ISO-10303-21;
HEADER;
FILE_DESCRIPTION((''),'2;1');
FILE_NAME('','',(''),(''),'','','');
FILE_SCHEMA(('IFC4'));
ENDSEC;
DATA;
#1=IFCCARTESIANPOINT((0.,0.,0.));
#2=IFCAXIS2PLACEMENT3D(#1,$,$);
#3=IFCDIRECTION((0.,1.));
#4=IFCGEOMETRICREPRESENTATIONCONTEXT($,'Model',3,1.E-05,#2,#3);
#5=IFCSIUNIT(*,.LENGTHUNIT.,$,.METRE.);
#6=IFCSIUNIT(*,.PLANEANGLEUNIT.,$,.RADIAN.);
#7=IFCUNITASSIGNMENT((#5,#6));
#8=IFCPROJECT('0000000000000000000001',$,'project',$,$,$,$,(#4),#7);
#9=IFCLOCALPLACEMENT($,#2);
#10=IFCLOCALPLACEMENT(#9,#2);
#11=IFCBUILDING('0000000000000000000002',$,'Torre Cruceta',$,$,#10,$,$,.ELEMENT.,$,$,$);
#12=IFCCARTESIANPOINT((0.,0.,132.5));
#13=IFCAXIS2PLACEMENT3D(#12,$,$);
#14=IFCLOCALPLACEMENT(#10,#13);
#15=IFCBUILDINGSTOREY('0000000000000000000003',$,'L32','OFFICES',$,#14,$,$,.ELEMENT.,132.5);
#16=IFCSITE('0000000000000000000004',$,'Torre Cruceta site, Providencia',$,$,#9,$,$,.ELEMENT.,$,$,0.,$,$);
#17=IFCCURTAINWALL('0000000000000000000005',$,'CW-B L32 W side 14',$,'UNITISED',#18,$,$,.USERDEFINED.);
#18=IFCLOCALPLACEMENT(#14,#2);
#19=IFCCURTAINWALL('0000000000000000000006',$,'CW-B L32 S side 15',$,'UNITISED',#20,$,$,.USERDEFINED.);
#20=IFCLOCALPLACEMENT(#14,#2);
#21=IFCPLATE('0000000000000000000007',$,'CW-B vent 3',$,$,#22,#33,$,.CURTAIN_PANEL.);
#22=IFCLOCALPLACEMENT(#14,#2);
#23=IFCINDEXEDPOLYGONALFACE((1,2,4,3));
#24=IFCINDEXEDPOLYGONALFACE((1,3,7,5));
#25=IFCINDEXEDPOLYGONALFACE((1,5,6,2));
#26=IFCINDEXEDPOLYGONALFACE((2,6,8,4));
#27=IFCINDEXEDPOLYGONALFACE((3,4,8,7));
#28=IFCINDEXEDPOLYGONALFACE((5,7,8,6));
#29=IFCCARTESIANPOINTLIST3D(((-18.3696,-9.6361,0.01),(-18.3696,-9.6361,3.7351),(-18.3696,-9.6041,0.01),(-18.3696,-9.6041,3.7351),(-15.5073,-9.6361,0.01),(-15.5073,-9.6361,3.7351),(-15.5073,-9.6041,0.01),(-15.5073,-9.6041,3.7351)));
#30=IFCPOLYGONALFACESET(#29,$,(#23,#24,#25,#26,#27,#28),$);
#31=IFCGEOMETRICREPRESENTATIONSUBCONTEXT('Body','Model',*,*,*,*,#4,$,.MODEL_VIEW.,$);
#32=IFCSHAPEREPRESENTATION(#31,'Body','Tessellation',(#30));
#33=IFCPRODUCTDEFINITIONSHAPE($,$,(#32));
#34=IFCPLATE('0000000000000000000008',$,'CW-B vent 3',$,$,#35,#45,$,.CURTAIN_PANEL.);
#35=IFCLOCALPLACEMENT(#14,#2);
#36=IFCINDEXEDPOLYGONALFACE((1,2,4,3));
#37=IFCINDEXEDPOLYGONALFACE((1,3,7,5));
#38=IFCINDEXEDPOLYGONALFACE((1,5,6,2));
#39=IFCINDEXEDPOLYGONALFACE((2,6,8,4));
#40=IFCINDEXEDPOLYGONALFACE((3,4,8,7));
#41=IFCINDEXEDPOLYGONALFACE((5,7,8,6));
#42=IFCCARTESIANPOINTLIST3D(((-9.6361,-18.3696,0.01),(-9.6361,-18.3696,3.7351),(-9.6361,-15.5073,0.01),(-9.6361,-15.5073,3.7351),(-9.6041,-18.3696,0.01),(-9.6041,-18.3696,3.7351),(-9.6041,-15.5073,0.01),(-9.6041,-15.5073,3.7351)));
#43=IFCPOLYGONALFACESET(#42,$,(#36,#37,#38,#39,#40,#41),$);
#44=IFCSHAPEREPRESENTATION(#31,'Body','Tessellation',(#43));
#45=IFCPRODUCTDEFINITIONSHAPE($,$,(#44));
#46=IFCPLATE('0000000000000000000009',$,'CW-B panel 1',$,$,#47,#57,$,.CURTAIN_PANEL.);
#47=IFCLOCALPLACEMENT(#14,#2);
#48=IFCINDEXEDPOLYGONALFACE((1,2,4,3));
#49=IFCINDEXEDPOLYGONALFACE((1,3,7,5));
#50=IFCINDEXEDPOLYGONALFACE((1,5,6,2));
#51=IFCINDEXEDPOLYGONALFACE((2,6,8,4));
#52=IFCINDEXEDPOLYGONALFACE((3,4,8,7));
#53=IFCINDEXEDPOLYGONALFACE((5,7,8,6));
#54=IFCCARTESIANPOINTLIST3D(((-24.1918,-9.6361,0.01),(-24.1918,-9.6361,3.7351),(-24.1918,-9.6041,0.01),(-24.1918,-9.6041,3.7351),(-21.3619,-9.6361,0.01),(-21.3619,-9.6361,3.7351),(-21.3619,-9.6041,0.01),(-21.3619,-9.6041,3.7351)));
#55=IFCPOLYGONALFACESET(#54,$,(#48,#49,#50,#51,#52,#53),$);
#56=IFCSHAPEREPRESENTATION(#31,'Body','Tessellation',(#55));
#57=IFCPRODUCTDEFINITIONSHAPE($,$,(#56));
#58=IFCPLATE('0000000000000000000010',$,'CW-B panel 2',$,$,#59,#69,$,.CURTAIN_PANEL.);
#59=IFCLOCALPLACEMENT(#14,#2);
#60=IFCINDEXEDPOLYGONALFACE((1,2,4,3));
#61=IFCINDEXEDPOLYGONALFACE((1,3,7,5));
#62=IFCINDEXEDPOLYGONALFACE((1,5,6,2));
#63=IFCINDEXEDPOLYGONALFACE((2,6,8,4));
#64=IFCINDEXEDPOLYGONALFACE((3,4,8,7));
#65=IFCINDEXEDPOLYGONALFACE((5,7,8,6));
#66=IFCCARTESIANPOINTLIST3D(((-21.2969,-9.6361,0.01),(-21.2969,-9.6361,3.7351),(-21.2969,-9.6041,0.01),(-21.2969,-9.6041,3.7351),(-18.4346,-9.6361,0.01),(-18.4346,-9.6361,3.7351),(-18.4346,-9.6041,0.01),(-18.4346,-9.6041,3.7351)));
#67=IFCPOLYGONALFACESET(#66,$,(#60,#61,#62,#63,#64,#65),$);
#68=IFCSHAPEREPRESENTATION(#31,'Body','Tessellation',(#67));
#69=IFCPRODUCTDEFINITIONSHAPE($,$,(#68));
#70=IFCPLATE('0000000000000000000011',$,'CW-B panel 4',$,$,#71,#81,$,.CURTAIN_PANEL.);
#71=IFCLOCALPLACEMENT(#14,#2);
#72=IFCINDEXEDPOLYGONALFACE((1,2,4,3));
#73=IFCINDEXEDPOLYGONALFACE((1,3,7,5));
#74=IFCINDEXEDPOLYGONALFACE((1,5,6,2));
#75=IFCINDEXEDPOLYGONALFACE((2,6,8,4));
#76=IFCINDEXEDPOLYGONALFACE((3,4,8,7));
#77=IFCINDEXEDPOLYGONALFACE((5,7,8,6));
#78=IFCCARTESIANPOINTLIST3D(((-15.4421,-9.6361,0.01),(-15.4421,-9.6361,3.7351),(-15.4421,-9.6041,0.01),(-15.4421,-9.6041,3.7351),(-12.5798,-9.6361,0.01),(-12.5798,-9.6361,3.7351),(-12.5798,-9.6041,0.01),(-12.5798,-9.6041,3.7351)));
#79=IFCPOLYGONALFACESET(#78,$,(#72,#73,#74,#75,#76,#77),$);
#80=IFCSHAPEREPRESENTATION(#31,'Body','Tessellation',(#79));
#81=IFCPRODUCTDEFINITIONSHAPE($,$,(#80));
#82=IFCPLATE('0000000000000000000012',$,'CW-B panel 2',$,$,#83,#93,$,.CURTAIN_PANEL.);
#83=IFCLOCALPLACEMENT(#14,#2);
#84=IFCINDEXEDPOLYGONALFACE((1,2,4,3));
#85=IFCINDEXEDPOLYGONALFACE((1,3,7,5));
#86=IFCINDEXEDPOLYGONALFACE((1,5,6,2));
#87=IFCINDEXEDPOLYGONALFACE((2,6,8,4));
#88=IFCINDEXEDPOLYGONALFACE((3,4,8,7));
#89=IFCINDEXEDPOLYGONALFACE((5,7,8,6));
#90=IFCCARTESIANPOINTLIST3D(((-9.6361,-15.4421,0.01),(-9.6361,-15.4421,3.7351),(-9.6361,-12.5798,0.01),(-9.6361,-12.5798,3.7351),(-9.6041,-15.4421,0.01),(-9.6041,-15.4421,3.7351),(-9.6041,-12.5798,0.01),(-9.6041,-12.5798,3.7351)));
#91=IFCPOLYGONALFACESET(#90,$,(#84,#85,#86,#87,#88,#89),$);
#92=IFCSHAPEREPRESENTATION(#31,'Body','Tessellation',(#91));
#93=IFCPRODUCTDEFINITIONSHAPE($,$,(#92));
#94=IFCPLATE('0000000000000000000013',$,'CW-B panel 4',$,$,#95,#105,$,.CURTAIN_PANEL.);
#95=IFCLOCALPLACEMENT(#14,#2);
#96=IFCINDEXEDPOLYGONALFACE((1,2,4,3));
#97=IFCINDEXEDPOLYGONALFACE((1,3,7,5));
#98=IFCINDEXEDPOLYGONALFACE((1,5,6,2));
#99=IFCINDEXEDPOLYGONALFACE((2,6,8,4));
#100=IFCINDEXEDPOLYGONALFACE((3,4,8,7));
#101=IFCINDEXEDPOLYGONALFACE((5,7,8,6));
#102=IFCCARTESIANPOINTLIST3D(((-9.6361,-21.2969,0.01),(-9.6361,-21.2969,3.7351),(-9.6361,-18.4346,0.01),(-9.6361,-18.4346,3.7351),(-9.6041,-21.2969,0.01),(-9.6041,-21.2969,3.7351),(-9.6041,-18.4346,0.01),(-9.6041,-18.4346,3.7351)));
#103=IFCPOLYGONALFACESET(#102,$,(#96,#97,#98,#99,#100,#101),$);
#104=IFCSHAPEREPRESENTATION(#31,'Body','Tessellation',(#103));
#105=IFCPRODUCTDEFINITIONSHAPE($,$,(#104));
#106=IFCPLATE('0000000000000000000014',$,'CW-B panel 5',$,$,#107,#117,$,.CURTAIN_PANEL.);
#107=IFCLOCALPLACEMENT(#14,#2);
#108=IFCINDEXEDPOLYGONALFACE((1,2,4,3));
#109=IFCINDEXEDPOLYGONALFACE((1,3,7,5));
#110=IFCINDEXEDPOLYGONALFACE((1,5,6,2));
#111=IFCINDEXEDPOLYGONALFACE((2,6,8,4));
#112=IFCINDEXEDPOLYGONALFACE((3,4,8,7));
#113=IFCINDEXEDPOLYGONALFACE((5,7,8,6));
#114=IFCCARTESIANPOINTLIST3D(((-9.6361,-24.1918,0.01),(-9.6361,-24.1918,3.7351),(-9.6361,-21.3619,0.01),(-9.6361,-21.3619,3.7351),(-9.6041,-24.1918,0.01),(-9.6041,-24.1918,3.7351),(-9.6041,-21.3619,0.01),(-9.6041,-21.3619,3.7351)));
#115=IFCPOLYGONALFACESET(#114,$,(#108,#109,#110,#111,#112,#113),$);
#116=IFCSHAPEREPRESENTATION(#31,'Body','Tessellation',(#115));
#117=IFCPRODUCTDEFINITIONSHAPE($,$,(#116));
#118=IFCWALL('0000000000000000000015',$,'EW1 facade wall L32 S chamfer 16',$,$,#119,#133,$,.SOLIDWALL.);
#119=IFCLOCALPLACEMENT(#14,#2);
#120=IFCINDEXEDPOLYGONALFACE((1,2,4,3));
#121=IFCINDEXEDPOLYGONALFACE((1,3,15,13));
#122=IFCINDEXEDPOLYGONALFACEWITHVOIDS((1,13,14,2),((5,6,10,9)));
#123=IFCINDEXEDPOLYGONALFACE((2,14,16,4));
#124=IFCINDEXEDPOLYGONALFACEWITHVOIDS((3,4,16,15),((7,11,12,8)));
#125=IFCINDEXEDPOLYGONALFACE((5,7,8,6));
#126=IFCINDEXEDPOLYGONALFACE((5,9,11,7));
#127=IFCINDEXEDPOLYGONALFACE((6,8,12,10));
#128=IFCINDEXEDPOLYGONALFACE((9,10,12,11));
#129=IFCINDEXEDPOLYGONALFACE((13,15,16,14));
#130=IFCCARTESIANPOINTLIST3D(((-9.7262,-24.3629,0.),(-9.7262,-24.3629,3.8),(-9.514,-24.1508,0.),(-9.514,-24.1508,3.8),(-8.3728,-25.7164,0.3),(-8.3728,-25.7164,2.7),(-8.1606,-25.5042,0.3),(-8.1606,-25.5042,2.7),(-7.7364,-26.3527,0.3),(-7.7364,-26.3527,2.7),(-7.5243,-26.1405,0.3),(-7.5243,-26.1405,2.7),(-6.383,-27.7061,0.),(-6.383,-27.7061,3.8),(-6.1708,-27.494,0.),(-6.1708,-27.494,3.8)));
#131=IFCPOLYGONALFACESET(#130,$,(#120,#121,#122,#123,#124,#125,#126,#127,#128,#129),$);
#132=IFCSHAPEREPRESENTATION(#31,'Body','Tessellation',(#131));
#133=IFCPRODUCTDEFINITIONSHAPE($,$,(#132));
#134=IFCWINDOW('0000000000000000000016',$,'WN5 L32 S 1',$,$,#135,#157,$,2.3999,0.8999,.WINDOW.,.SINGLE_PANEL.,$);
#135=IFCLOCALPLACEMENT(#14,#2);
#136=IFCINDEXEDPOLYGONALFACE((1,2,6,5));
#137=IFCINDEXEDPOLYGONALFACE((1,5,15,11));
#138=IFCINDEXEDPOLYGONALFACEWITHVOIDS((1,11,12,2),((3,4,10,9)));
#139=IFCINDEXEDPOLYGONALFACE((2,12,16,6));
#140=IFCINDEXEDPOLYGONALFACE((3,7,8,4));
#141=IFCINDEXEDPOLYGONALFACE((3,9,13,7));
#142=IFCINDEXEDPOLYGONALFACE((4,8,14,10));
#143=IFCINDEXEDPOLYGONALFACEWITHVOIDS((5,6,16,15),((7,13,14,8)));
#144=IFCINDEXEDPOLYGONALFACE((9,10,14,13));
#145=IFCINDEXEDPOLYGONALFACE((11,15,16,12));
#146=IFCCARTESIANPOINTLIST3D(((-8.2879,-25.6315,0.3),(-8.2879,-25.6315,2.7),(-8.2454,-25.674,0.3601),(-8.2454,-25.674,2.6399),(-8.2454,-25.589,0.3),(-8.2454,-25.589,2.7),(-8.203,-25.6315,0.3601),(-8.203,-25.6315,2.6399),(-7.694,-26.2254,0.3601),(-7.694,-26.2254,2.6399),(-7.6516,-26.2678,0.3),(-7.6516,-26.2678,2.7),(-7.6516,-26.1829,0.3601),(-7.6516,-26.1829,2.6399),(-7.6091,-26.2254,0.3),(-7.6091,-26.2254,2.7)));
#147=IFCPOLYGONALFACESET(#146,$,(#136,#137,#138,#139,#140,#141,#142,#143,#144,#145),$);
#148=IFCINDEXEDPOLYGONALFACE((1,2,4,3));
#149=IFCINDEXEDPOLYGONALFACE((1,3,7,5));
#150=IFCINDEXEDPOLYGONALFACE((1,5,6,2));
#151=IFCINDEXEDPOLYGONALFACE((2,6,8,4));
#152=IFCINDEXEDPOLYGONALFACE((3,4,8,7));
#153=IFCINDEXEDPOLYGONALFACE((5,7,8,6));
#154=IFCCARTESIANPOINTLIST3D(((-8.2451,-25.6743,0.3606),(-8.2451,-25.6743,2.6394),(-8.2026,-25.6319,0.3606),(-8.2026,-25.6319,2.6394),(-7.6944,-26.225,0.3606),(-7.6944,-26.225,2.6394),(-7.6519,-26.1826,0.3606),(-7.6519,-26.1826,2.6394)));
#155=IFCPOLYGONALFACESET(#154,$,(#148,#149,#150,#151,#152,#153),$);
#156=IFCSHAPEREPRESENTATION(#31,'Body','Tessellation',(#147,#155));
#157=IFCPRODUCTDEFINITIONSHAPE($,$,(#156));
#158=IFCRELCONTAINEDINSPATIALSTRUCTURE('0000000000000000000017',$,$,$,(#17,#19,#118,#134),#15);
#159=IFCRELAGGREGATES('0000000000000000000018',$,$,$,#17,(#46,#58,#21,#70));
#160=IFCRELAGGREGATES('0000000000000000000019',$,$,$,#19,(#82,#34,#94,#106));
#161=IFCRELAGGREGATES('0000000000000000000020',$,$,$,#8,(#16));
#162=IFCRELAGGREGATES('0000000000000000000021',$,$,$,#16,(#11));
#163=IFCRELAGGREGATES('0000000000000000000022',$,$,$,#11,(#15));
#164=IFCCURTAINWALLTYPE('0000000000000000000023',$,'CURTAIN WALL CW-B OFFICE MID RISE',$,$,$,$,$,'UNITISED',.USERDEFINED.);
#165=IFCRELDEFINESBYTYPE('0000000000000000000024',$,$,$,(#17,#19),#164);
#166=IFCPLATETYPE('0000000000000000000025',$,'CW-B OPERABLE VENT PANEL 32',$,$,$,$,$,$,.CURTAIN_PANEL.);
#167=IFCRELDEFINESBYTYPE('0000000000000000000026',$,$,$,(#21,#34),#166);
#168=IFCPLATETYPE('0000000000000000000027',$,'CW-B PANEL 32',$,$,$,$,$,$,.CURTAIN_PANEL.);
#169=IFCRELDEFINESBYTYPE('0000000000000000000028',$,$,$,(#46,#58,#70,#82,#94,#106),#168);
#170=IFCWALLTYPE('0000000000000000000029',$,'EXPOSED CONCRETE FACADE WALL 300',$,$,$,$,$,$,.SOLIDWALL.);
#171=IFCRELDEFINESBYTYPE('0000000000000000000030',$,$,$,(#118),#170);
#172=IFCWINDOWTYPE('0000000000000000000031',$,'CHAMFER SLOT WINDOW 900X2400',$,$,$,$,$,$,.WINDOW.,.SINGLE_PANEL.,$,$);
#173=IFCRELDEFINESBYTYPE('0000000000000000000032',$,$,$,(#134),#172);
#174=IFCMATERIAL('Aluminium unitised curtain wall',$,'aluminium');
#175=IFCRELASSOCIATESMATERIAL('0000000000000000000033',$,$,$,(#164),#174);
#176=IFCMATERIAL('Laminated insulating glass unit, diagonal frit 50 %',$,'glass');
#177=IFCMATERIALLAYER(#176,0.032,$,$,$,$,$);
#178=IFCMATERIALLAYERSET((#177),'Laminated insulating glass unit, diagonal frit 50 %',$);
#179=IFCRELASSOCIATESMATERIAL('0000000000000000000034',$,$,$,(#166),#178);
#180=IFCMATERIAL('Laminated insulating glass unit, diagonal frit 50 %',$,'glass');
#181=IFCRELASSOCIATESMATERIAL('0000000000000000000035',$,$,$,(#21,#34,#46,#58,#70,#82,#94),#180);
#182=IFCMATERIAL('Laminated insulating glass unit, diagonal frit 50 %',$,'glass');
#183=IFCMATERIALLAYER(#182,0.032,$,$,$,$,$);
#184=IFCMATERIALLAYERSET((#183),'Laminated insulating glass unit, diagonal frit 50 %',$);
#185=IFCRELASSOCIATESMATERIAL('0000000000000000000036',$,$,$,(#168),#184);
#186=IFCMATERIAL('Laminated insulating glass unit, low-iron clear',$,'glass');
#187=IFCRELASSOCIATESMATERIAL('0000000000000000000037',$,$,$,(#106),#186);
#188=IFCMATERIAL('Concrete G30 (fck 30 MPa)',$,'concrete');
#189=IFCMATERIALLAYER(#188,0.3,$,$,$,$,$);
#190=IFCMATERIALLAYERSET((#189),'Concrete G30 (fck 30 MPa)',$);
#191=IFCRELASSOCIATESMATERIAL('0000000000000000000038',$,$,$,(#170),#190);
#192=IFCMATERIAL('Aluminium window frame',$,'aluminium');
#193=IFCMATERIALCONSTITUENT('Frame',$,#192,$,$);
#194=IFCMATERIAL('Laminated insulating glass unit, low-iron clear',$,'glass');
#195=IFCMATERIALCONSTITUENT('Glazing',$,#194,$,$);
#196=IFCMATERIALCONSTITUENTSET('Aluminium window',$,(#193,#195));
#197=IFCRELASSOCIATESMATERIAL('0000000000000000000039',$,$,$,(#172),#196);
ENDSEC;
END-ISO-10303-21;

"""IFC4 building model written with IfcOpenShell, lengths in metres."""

from ifc_helpers import new_model, si_unit, direction, frame, frame_2d, origin, origin_2d, place, context, subcontext, project, spatial, rectangle, hollow_rectangle, extrude, material, layer, layer_set, constituent, constituent_set, type_object, element, fill, aggregate, save


model = new_model("IFC4")

# Units and contexts
model_context = context("Model", 3, precision=1e-05, world=origin(), true_north=direction((0.0, 1.0)))
body_context = subcontext(model_context, "Body", "Model", "MODEL_VIEW")
ifc_project = project(units=[si_unit("LENGTHUNIT", "METRE"), si_unit("PLANEANGLEUNIT", "RADIAN")], contexts=[model_context])

# Site, building, storey
site_placement = place(None, origin())
site = spatial("IfcSite", under=ifc_project, at=site_placement, Name="Torre Cruceta site, Providencia", CompositionType="ELEMENT", RefElevation=0.0)
building_placement = place(site_placement, origin())
building = spatial("IfcBuilding", under=site, at=building_placement, Name="Torre Cruceta", CompositionType="ELEMENT")
storey_placement = place(building_placement, frame((0.0, 0.0, 132.5)))
storey = spatial("IfcBuildingStorey", under=building, at=storey_placement, Name="L32", Description="OFFICES", CompositionType="ELEMENT", Elevation=132.5)

# Curtain walls
ifc_material_1 = material(Name="Aluminium unitised curtain wall", Category="aluminium")
curtain_wall_type = type_object("IfcCurtainWallType", Name="CURTAIN WALL CW-B OFFICE MID RISE", ElementType="UNITISED", PredefinedType="USERDEFINED", material=ifc_material_1)
curtain_wall_1_placement = place(storey_placement, origin())
curtain_wall_1 = element("IfcCurtainWall", 1, at=curtain_wall_1_placement, inside=storey, type_object=curtain_wall_type, Name="CW-B L32 W side 14", ObjectType="UNITISED", PredefinedType="USERDEFINED")
curtain_wall_2_placement = place(storey_placement, origin())
curtain_wall_2 = element("IfcCurtainWall", 2, at=curtain_wall_2_placement, inside=storey, type_object=curtain_wall_type, Name="CW-B L32 S side 15", ObjectType="UNITISED", PredefinedType="USERDEFINED")

# Plates
ifc_material_2 = material(Name="Laminated insulating glass unit, diagonal frit 50 %", Category="glass")
ifc_material_3 = material(Name="Laminated insulating glass unit, diagonal frit 50 %", Category="glass")
ifc_layer_1 = layer(ifc_material_3, 0.032)
ifc_layer_set_1 = layer_set([ifc_layer_1], Name="Laminated insulating glass unit, diagonal frit 50 %")
plate_type_1 = type_object("IfcPlateType", Name="CW-B OPERABLE VENT PANEL 32", PredefinedType="CURTAIN_PANEL", material=ifc_layer_set_1)
plate_1_placement = place(storey_placement, frame((-16.9385, -9.6201, 0.01), z_axis=(0.0, 0.0, 1.0), x_axis=(1.0, 0.0, 0.0)))
plate_1 = element("IfcPlate", 3, at=plate_1_placement, type_object=plate_type_1, material=ifc_material_2, Name="CW-B vent 3", PredefinedType="CURTAIN_PANEL", context=body_context, shape_type="SweptSolid", body=[
    extrude(rectangle(XDim=2.8623, YDim=0.032, at=origin_2d()), origin(), (0.0, 0.0, 1.0), 3.7251),
])
plate_2_placement = place(storey_placement, frame((-9.6201, -16.9385, 0.01), z_axis=(0.0, 0.0, 1.0), x_axis=(0.0, -1.0, 0.0)))
plate_2 = element("IfcPlate", 4, at=plate_2_placement, type_object=plate_type_1, material=ifc_material_2, Name="CW-B vent 3", PredefinedType="CURTAIN_PANEL", context=body_context, shape_type="SweptSolid", body=[
    extrude(rectangle(XDim=2.8623, YDim=0.032, at=origin_2d()), origin(), (0.0, 0.0, 1.0), 3.7251),
])
ifc_material_4 = material(Name="Laminated insulating glass unit, diagonal frit 50 %", Category="glass")
ifc_layer_2 = layer(ifc_material_4, 0.032)
ifc_layer_set_2 = layer_set([ifc_layer_2], Name="Laminated insulating glass unit, diagonal frit 50 %")
plate_type_2 = type_object("IfcPlateType", Name="CW-B PANEL 32", PredefinedType="CURTAIN_PANEL", material=ifc_layer_set_2)
plate_3_placement = place(storey_placement, frame((-22.7769, -9.6201, 0.01), z_axis=(0.0, 0.0, 1.0), x_axis=(1.0, 0.0, 0.0)))
plate_3 = element("IfcPlate", 5, at=plate_3_placement, type_object=plate_type_2, material=ifc_material_2, Name="CW-B panel 1", PredefinedType="CURTAIN_PANEL", context=body_context, shape_type="SweptSolid", body=[
    extrude(rectangle(XDim=2.8298, YDim=0.032, at=origin_2d()), origin(), (0.0, 0.0, 1.0), 3.7251),
])
plate_4_placement = place(storey_placement, frame((-19.8657, -9.6201, 0.01), z_axis=(0.0, 0.0, 1.0), x_axis=(1.0, 0.0, 0.0)))
plate_4 = element("IfcPlate", 6, at=plate_4_placement, type_object=plate_type_2, material=ifc_material_2, Name="CW-B panel 2", PredefinedType="CURTAIN_PANEL", context=body_context, shape_type="SweptSolid", body=[
    extrude(rectangle(XDim=2.8623, YDim=0.032, at=origin_2d()), origin(), (0.0, 0.0, 1.0), 3.7251),
])
plate_5_placement = place(storey_placement, frame((-14.011, -9.6201, 0.01), z_axis=(0.0, 0.0, 1.0), x_axis=(1.0, 0.0, 0.0)))
plate_5 = element("IfcPlate", 7, at=plate_5_placement, type_object=plate_type_2, material=ifc_material_2, Name="CW-B panel 4", PredefinedType="CURTAIN_PANEL", context=body_context, shape_type="SweptSolid", body=[
    extrude(rectangle(XDim=2.8623, YDim=0.032, at=origin_2d()), origin(), (0.0, 0.0, 1.0), 3.7251),
])
aggregate(curtain_wall_1, [plate_3, plate_4, plate_1, plate_5])
plate_6_placement = place(storey_placement, frame((-9.6201, -14.011, 0.01), z_axis=(0.0, 0.0, 1.0), x_axis=(0.0, -1.0, 0.0)))
plate_6 = element("IfcPlate", 8, at=plate_6_placement, type_object=plate_type_2, material=ifc_material_2, Name="CW-B panel 2", PredefinedType="CURTAIN_PANEL", context=body_context, shape_type="SweptSolid", body=[
    extrude(rectangle(XDim=2.8623, YDim=0.032, at=origin_2d()), origin(), (0.0, 0.0, 1.0), 3.7251),
])
plate_7_placement = place(storey_placement, frame((-9.6201, -19.8657, 0.01), z_axis=(0.0, 0.0, 1.0), x_axis=(0.0, -1.0, 0.0)))
plate_7 = element("IfcPlate", 9, at=plate_7_placement, type_object=plate_type_2, material=ifc_material_2, Name="CW-B panel 4", PredefinedType="CURTAIN_PANEL", context=body_context, shape_type="SweptSolid", body=[
    extrude(rectangle(XDim=2.8623, YDim=0.032, at=origin_2d()), origin(), (0.0, 0.0, 1.0), 3.7251),
])
ifc_material_5 = material(Name="Laminated insulating glass unit, low-iron clear", Category="glass")
plate_8_placement = place(storey_placement, frame((-9.6201, -22.7769, 0.01), z_axis=(0.0, 0.0, 1.0), x_axis=(0.0, -1.0, 0.0)))
plate_8 = element("IfcPlate", 10, at=plate_8_placement, type_object=plate_type_2, material=ifc_material_5, Name="CW-B panel 5", PredefinedType="CURTAIN_PANEL", context=body_context, shape_type="SweptSolid", body=[
    extrude(rectangle(XDim=2.8298, YDim=0.032, at=origin_2d()), origin(), (0.0, 0.0, 1.0), 3.7251),
])
aggregate(curtain_wall_2, [plate_6, plate_2, plate_7, plate_8])

# Wall, opening, window
ifc_material_6 = material(Name="Concrete G30 (fck 30 MPa)", Category="concrete")
ifc_layer_3 = layer(ifc_material_6, 0.3)
ifc_layer_set_3 = layer_set([ifc_layer_3], Name="Concrete G30 (fck 30 MPa)")
wall_type = type_object("IfcWallType", Name="EXPOSED CONCRETE FACADE WALL 300", PredefinedType="SOLIDWALL", material=ifc_layer_set_3)
wall_placement = place(storey_placement, frame((-9.6201, -24.2568, 0.0), z_axis=(0.0, 0.0, 1.0), x_axis=(0.707107, -0.707107, 0.0)))
wall = element("IfcWall", 11, at=wall_placement, inside=storey, type_object=wall_type, Name="EW1 facade wall L32 S chamfer 16", PredefinedType="SOLIDWALL", context=body_context, shape_type="SweptSolid", body=[
    extrude(rectangle(XDim=4.728, YDim=0.3, at=frame_2d((2.364, 0.0))), origin(), (0.0, 0.0, 1.0), 3.8),
])
opening_placement = place(wall_placement, frame((1.9141, 0.0, 0.3)))
opening = element("IfcOpeningElement", 12, at=opening_placement, cuts=wall, PredefinedType="OPENING", context=body_context, shape_type="SweptSolid", body=[
    extrude(rectangle(XDim=0.8999, YDim=2.3999, at=frame_2d((0.45, 1.2))), frame((0.0, 0.1599, 0.0), z_axis=(0.0, -1.0, 0.0), x_axis=(1.0, 0.0, 0.0)), (0.0, 0.0, 1.0), 0.3201),
])
ifc_material_7 = material(Name="Aluminium window frame", Category="aluminium")
ifc_constituent_1 = constituent(ifc_material_7, Name="Frame")
ifc_material_8 = material(Name="Laminated insulating glass unit, low-iron clear", Category="glass")
ifc_constituent_2 = constituent(ifc_material_8, Name="Glazing")
ifc_constituent_set = constituent_set(constituents=[ifc_constituent_1, ifc_constituent_2], Name="Aluminium window")
window_type = type_object("IfcWindowType", Name="CHAMFER SLOT WINDOW 900X2400", PartitioningType="SINGLE_PANEL", PredefinedType="WINDOW", material=ifc_constituent_set)
window_placement = place(opening_placement, origin())
window = element("IfcWindow", 13, at=window_placement, inside=storey, type_object=window_type, Name="WN5 L32 S 1", OverallHeight=2.3999, OverallWidth=0.8999, PartitioningType="SINGLE_PANEL", PredefinedType="WINDOW", context=body_context, shape_type="SweptSolid", body=[
    extrude(hollow_rectangle(XDim=0.8999, YDim=2.3999, WallThickness=0.0601, at=frame_2d((0.45, 1.2))), frame((0.0, 0.03, 0.0), z_axis=(0.0, -1.0, 0.0), x_axis=(1.0, 0.0, 0.0)), (0.0, 0.0, 1.0), 0.0601),
    extrude(rectangle(XDim=0.7788, YDim=2.2788, at=frame_2d((0.45, 1.2))), frame((0.0, 0.03, 0.0), z_axis=(0.0, -1.0, 0.0), x_axis=(1.0, 0.0, 0.0)), (0.0, 0.0, 1.0), 0.0601),
])
fill(opening, window)

save(model, "model.ifc")
